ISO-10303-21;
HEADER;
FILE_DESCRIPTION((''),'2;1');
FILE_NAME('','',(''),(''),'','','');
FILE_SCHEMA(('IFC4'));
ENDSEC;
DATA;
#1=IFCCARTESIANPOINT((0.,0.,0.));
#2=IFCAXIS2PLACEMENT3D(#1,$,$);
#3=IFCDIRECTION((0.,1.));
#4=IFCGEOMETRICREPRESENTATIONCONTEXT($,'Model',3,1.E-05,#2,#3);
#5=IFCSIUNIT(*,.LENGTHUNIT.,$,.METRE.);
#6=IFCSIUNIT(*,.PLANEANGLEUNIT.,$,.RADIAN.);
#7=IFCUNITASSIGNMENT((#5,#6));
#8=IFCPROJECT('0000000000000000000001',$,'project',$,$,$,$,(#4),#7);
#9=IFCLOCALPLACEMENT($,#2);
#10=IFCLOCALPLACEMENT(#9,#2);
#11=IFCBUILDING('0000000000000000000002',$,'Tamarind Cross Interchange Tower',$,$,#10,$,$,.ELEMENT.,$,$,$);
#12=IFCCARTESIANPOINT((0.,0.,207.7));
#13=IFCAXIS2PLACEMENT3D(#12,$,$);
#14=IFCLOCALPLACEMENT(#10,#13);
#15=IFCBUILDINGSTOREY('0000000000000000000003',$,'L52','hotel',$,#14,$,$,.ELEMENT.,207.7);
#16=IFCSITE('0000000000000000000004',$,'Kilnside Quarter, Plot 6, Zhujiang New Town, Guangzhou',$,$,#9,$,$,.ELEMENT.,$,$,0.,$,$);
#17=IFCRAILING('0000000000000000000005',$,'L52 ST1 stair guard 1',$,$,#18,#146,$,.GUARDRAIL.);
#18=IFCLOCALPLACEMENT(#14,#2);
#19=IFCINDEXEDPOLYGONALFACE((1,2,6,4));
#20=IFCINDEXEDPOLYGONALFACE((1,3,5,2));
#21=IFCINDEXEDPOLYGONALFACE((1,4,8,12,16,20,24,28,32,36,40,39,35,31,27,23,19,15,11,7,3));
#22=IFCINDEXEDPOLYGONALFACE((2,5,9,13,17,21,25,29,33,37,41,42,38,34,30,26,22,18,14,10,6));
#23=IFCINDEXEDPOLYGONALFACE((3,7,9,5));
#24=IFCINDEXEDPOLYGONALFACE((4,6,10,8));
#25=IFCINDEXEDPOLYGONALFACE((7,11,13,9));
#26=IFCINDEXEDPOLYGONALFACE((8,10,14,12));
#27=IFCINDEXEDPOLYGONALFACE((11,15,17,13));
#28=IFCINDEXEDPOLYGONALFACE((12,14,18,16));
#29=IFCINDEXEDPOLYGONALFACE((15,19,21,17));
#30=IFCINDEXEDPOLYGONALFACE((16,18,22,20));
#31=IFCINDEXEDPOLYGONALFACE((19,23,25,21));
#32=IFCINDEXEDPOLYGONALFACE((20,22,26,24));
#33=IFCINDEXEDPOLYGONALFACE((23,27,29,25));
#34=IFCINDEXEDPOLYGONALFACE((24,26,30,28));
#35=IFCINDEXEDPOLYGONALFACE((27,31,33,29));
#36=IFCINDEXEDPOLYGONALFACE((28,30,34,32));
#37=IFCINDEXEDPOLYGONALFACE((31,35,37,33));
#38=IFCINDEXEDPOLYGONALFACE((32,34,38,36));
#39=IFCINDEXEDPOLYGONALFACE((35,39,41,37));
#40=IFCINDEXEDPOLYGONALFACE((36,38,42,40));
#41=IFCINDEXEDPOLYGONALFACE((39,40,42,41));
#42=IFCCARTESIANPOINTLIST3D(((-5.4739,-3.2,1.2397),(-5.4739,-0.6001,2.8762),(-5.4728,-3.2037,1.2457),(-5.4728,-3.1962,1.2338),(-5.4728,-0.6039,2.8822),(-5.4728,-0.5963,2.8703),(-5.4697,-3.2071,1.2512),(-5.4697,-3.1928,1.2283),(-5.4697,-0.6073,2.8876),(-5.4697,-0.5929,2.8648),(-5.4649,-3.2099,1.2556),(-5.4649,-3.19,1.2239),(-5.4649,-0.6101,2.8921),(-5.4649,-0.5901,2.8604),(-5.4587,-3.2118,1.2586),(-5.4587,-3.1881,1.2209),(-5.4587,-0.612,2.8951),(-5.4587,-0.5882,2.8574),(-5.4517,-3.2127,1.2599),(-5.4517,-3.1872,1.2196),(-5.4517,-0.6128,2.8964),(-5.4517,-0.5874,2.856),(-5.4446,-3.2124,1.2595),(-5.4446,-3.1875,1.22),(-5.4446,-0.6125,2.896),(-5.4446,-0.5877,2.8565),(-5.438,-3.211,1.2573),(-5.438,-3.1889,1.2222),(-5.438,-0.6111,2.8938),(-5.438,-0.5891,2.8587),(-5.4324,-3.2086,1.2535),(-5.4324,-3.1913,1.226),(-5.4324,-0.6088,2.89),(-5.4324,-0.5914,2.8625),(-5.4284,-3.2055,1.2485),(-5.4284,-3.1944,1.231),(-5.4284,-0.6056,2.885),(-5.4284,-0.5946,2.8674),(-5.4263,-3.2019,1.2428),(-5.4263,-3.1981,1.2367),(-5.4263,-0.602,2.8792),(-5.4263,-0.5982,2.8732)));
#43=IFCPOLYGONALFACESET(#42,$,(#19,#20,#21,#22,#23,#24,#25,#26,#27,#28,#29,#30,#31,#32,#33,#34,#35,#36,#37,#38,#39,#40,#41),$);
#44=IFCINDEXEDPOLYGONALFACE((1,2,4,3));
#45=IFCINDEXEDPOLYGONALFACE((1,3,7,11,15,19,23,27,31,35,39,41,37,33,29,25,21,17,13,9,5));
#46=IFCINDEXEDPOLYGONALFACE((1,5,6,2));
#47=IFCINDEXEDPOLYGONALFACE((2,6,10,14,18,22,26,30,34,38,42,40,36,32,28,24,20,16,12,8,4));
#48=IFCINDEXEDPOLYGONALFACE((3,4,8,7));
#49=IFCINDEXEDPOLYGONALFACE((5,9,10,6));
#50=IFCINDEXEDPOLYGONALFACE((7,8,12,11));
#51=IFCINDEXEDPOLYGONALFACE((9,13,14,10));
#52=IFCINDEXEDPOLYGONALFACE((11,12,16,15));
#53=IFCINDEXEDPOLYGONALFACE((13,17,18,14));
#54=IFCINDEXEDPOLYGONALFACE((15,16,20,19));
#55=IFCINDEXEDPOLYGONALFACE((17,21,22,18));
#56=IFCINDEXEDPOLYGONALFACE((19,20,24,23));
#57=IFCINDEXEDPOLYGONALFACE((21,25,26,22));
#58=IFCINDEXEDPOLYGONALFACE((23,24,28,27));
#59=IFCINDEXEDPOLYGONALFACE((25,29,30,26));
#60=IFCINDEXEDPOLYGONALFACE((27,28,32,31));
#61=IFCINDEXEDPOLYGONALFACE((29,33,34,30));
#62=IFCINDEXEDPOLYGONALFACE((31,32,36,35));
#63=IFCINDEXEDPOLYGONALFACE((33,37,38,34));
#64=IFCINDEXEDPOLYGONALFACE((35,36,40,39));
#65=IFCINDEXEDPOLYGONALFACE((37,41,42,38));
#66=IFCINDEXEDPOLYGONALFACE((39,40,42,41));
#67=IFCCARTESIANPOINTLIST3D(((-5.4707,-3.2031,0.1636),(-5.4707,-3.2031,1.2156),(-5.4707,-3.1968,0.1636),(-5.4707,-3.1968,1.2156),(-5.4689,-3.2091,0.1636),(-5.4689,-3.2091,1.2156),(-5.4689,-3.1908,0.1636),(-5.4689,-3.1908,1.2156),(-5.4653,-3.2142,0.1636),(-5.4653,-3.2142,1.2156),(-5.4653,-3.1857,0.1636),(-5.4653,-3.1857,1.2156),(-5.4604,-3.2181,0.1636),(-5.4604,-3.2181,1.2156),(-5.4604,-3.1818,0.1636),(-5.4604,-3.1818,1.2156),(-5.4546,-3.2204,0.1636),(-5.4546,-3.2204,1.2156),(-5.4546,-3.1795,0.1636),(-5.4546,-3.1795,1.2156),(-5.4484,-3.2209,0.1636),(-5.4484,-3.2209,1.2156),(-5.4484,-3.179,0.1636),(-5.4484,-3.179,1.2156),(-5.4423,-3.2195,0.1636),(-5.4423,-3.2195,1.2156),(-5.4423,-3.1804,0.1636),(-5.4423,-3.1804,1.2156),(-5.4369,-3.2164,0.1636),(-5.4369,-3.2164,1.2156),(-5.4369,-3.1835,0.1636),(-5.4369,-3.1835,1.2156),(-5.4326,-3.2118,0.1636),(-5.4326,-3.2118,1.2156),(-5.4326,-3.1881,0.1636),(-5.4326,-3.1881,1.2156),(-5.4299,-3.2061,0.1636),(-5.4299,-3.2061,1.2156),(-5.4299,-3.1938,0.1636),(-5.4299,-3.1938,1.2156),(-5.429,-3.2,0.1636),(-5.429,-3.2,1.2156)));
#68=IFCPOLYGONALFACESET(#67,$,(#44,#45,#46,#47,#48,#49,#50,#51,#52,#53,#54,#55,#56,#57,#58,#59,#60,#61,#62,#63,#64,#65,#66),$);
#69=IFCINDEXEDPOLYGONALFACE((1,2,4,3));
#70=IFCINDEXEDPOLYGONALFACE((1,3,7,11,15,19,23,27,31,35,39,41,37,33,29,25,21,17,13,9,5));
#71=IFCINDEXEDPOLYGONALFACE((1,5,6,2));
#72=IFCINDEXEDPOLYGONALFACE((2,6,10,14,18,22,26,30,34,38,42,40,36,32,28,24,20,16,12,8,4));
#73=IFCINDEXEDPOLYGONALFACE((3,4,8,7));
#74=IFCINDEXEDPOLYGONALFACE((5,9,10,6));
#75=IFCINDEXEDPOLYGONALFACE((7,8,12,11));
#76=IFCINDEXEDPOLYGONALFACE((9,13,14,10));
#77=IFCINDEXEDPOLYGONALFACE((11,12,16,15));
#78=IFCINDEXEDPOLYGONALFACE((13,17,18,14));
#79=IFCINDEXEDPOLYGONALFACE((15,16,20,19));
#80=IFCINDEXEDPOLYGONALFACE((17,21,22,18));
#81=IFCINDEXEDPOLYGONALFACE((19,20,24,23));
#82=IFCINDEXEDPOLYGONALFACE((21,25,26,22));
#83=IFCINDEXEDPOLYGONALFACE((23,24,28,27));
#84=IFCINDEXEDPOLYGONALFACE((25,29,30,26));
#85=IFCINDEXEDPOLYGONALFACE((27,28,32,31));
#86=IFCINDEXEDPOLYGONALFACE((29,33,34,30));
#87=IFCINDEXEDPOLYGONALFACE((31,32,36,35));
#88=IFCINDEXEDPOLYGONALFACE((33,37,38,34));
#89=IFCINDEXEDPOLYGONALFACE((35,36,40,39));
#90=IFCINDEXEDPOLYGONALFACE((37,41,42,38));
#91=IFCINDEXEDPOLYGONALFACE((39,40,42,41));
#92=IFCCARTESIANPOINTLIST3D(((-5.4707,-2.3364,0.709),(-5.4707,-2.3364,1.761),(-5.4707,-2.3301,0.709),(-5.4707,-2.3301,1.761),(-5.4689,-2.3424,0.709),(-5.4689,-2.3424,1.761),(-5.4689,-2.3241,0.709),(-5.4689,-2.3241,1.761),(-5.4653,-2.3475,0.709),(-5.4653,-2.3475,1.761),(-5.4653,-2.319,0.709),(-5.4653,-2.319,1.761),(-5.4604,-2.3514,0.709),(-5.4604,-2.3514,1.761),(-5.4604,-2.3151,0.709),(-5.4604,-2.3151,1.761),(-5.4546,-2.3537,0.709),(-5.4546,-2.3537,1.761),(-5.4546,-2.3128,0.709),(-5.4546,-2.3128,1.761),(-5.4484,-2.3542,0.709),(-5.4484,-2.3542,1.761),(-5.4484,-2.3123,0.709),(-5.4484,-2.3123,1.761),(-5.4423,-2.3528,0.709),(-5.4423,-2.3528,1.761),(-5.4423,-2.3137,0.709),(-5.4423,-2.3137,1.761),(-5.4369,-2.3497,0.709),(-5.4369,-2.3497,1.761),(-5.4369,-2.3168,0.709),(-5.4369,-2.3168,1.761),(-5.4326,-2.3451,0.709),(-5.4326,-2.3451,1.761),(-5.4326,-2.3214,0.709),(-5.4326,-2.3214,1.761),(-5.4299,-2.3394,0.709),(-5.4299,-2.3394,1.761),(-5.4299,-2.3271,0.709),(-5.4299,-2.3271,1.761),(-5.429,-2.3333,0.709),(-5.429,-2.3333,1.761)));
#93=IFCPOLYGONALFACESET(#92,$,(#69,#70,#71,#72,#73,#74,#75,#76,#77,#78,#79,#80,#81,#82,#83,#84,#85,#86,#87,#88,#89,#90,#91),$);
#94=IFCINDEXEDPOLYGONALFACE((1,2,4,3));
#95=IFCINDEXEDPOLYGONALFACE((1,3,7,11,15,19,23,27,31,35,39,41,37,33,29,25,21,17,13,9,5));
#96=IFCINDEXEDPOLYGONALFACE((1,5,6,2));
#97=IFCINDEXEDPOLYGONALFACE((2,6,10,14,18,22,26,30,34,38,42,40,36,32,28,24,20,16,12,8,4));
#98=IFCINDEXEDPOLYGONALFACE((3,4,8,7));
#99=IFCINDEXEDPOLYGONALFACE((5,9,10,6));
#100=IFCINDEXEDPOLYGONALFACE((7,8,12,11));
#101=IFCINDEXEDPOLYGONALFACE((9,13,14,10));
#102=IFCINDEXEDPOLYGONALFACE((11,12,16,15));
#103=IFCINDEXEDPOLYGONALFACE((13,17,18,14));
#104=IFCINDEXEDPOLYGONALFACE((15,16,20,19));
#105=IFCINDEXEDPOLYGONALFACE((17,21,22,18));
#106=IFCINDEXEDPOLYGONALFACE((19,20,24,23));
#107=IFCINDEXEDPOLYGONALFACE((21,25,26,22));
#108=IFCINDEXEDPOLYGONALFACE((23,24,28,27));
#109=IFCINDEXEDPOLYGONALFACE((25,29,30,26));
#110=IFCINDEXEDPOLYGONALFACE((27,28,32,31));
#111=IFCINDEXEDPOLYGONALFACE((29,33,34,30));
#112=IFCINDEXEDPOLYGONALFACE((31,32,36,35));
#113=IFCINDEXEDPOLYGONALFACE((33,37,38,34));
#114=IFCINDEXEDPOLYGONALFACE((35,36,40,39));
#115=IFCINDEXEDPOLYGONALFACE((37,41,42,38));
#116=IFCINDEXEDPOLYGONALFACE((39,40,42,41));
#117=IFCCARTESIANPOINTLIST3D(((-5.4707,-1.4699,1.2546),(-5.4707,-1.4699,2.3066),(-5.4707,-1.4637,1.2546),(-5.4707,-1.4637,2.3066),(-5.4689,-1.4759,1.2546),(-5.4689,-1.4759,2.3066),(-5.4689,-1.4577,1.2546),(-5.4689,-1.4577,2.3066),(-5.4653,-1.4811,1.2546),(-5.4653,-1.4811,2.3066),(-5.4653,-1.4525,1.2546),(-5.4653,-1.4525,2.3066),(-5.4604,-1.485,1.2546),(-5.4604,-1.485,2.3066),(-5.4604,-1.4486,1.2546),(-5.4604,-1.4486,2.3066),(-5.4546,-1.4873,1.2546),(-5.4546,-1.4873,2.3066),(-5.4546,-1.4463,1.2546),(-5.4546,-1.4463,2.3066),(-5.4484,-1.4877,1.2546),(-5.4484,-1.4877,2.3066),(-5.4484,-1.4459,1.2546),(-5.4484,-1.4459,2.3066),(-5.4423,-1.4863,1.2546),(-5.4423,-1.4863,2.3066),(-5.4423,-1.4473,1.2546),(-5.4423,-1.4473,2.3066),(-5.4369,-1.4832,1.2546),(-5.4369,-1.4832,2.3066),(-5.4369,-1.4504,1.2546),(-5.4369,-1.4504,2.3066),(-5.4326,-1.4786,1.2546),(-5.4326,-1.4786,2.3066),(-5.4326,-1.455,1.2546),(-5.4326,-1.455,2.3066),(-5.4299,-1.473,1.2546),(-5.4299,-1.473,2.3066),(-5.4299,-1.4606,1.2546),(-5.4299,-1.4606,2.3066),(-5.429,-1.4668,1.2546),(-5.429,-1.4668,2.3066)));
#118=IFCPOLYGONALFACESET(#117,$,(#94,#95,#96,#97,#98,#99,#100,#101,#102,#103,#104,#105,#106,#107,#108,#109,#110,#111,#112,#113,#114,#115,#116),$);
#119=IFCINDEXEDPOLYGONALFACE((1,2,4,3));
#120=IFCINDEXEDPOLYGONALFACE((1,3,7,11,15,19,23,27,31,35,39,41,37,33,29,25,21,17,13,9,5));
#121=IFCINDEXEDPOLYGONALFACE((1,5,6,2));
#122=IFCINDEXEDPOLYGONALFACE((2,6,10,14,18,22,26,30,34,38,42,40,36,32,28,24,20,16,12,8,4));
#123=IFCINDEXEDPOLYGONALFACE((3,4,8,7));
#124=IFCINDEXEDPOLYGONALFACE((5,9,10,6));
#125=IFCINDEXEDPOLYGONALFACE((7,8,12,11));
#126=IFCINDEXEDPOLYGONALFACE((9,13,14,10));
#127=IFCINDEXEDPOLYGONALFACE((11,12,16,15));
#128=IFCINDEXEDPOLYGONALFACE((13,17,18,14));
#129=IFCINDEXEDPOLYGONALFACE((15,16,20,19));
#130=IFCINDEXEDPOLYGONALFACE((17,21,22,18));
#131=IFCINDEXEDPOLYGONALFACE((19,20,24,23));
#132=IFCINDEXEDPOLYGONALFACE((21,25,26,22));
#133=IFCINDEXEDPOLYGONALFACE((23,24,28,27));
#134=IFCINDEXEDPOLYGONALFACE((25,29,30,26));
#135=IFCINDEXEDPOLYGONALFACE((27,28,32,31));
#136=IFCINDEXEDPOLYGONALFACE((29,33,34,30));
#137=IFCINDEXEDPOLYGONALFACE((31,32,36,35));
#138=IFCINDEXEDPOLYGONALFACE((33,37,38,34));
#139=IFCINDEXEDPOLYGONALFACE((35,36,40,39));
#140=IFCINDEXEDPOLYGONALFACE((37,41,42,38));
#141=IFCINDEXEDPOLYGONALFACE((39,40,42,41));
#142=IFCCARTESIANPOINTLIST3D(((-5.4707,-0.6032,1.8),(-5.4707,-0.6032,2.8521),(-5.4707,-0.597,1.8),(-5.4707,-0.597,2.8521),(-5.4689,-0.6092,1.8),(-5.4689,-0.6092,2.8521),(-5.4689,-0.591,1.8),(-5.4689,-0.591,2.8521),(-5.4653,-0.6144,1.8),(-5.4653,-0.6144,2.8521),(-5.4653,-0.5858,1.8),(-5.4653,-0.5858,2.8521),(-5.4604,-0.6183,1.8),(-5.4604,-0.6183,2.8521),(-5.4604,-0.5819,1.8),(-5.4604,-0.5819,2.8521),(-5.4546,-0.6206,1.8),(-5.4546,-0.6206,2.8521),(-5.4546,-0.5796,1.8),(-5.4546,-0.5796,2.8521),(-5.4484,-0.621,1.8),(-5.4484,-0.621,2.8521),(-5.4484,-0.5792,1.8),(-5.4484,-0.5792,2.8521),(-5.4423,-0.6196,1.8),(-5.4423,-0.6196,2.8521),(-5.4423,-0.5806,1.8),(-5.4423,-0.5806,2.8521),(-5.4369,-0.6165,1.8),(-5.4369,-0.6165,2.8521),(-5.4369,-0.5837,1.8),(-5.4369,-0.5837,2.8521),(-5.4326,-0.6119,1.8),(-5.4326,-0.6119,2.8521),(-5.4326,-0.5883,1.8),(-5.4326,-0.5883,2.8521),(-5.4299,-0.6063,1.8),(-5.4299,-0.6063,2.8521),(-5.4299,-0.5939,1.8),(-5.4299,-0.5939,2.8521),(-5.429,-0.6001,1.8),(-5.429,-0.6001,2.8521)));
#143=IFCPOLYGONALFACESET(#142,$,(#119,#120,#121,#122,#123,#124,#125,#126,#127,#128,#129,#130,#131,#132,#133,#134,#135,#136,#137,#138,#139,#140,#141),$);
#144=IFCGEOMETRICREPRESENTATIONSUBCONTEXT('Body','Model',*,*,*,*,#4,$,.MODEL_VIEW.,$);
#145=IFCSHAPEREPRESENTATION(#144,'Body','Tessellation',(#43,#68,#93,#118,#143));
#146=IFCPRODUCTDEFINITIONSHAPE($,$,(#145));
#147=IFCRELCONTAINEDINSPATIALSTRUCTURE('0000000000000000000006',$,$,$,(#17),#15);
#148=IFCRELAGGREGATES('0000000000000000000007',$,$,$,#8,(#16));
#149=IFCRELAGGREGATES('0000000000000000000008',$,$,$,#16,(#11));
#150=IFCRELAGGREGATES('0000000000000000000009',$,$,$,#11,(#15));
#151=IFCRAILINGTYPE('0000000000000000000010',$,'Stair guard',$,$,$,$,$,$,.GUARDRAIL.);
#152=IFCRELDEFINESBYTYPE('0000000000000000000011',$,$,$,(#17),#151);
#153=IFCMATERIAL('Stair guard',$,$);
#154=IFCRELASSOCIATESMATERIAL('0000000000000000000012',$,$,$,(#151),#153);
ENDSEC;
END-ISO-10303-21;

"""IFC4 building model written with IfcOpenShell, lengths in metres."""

from ifc_helpers import new_model, si_unit, direction, frame, origin, origin_2d, place, context, subcontext, project, spatial, circle, extrude, material, type_object, element, save


model = new_model("IFC4")

# Units and contexts
model_context = context("Model", 3, precision=1e-05, world=origin(), true_north=direction((0.0, 1.0)))
body_context = subcontext(model_context, "Body", "Model", "MODEL_VIEW")
ifc_project = project(units=[si_unit("LENGTHUNIT", "METRE"), si_unit("PLANEANGLEUNIT", "RADIAN")], contexts=[model_context])

# Site, building, storey
site_placement = place(None, origin())
site = spatial("IfcSite", under=ifc_project, at=site_placement, Name="Kilnside Quarter, Plot 6, Zhujiang New Town, Guangzhou", CompositionType="ELEMENT", RefElevation=0.0)
building_placement = place(site_placement, origin())
building = spatial("IfcBuilding", under=site, at=building_placement, Name="Tamarind Cross Interchange Tower", CompositionType="ELEMENT")
storey_placement = place(building_placement, frame((0.0, 0.0, 207.7)))
storey = spatial("IfcBuildingStorey", under=building, at=storey_placement, Name="L52", Description="hotel", CompositionType="ELEMENT", Elevation=207.7)

# Railing
ifc_material_1 = material(Name="Stair guard")
railing_type_1 = type_object("IfcRailingType", Name="Stair guard", PredefinedType="GUARDRAIL", material=ifc_material_1)
railing_1_placement = place(storey_placement, frame((-5.45, -3.2, 0.1636)))
element("IfcRailing", 1, at=railing_1_placement, inside=storey, type_object=railing_type_1, Name="L52 ST1 stair guard 1", PredefinedType="GUARDRAIL", context=body_context, shape_type="SweptSolid", body=[
    extrude(circle(Radius=0.0239, at=origin_2d()), frame((0.0, 0.0, 1.0762), z_axis=(0.0, 0.846302, 0.532704), x_axis=(-1.0, 0.0, 0.0)), (0.0, 0.0, 1.0), 3.072),
    extrude(circle(Radius=0.021, at=origin_2d()), origin(), (0.0, 0.0, 1.0), 1.052),
    extrude(circle(Radius=0.021, at=origin_2d()), frame((0.0, 0.8667, 0.5454)), (0.0, 0.0, 1.0), 1.052),
    extrude(circle(Radius=0.021, at=origin_2d()), frame((0.0, 1.7332, 1.0911)), (0.0, 0.0, 1.0), 1.052),
    extrude(circle(Radius=0.021, at=origin_2d()), frame((0.0, 2.5999, 1.6365)), (0.0, 0.0, 1.0), 1.052),
])

save(model, "model.ifc")
